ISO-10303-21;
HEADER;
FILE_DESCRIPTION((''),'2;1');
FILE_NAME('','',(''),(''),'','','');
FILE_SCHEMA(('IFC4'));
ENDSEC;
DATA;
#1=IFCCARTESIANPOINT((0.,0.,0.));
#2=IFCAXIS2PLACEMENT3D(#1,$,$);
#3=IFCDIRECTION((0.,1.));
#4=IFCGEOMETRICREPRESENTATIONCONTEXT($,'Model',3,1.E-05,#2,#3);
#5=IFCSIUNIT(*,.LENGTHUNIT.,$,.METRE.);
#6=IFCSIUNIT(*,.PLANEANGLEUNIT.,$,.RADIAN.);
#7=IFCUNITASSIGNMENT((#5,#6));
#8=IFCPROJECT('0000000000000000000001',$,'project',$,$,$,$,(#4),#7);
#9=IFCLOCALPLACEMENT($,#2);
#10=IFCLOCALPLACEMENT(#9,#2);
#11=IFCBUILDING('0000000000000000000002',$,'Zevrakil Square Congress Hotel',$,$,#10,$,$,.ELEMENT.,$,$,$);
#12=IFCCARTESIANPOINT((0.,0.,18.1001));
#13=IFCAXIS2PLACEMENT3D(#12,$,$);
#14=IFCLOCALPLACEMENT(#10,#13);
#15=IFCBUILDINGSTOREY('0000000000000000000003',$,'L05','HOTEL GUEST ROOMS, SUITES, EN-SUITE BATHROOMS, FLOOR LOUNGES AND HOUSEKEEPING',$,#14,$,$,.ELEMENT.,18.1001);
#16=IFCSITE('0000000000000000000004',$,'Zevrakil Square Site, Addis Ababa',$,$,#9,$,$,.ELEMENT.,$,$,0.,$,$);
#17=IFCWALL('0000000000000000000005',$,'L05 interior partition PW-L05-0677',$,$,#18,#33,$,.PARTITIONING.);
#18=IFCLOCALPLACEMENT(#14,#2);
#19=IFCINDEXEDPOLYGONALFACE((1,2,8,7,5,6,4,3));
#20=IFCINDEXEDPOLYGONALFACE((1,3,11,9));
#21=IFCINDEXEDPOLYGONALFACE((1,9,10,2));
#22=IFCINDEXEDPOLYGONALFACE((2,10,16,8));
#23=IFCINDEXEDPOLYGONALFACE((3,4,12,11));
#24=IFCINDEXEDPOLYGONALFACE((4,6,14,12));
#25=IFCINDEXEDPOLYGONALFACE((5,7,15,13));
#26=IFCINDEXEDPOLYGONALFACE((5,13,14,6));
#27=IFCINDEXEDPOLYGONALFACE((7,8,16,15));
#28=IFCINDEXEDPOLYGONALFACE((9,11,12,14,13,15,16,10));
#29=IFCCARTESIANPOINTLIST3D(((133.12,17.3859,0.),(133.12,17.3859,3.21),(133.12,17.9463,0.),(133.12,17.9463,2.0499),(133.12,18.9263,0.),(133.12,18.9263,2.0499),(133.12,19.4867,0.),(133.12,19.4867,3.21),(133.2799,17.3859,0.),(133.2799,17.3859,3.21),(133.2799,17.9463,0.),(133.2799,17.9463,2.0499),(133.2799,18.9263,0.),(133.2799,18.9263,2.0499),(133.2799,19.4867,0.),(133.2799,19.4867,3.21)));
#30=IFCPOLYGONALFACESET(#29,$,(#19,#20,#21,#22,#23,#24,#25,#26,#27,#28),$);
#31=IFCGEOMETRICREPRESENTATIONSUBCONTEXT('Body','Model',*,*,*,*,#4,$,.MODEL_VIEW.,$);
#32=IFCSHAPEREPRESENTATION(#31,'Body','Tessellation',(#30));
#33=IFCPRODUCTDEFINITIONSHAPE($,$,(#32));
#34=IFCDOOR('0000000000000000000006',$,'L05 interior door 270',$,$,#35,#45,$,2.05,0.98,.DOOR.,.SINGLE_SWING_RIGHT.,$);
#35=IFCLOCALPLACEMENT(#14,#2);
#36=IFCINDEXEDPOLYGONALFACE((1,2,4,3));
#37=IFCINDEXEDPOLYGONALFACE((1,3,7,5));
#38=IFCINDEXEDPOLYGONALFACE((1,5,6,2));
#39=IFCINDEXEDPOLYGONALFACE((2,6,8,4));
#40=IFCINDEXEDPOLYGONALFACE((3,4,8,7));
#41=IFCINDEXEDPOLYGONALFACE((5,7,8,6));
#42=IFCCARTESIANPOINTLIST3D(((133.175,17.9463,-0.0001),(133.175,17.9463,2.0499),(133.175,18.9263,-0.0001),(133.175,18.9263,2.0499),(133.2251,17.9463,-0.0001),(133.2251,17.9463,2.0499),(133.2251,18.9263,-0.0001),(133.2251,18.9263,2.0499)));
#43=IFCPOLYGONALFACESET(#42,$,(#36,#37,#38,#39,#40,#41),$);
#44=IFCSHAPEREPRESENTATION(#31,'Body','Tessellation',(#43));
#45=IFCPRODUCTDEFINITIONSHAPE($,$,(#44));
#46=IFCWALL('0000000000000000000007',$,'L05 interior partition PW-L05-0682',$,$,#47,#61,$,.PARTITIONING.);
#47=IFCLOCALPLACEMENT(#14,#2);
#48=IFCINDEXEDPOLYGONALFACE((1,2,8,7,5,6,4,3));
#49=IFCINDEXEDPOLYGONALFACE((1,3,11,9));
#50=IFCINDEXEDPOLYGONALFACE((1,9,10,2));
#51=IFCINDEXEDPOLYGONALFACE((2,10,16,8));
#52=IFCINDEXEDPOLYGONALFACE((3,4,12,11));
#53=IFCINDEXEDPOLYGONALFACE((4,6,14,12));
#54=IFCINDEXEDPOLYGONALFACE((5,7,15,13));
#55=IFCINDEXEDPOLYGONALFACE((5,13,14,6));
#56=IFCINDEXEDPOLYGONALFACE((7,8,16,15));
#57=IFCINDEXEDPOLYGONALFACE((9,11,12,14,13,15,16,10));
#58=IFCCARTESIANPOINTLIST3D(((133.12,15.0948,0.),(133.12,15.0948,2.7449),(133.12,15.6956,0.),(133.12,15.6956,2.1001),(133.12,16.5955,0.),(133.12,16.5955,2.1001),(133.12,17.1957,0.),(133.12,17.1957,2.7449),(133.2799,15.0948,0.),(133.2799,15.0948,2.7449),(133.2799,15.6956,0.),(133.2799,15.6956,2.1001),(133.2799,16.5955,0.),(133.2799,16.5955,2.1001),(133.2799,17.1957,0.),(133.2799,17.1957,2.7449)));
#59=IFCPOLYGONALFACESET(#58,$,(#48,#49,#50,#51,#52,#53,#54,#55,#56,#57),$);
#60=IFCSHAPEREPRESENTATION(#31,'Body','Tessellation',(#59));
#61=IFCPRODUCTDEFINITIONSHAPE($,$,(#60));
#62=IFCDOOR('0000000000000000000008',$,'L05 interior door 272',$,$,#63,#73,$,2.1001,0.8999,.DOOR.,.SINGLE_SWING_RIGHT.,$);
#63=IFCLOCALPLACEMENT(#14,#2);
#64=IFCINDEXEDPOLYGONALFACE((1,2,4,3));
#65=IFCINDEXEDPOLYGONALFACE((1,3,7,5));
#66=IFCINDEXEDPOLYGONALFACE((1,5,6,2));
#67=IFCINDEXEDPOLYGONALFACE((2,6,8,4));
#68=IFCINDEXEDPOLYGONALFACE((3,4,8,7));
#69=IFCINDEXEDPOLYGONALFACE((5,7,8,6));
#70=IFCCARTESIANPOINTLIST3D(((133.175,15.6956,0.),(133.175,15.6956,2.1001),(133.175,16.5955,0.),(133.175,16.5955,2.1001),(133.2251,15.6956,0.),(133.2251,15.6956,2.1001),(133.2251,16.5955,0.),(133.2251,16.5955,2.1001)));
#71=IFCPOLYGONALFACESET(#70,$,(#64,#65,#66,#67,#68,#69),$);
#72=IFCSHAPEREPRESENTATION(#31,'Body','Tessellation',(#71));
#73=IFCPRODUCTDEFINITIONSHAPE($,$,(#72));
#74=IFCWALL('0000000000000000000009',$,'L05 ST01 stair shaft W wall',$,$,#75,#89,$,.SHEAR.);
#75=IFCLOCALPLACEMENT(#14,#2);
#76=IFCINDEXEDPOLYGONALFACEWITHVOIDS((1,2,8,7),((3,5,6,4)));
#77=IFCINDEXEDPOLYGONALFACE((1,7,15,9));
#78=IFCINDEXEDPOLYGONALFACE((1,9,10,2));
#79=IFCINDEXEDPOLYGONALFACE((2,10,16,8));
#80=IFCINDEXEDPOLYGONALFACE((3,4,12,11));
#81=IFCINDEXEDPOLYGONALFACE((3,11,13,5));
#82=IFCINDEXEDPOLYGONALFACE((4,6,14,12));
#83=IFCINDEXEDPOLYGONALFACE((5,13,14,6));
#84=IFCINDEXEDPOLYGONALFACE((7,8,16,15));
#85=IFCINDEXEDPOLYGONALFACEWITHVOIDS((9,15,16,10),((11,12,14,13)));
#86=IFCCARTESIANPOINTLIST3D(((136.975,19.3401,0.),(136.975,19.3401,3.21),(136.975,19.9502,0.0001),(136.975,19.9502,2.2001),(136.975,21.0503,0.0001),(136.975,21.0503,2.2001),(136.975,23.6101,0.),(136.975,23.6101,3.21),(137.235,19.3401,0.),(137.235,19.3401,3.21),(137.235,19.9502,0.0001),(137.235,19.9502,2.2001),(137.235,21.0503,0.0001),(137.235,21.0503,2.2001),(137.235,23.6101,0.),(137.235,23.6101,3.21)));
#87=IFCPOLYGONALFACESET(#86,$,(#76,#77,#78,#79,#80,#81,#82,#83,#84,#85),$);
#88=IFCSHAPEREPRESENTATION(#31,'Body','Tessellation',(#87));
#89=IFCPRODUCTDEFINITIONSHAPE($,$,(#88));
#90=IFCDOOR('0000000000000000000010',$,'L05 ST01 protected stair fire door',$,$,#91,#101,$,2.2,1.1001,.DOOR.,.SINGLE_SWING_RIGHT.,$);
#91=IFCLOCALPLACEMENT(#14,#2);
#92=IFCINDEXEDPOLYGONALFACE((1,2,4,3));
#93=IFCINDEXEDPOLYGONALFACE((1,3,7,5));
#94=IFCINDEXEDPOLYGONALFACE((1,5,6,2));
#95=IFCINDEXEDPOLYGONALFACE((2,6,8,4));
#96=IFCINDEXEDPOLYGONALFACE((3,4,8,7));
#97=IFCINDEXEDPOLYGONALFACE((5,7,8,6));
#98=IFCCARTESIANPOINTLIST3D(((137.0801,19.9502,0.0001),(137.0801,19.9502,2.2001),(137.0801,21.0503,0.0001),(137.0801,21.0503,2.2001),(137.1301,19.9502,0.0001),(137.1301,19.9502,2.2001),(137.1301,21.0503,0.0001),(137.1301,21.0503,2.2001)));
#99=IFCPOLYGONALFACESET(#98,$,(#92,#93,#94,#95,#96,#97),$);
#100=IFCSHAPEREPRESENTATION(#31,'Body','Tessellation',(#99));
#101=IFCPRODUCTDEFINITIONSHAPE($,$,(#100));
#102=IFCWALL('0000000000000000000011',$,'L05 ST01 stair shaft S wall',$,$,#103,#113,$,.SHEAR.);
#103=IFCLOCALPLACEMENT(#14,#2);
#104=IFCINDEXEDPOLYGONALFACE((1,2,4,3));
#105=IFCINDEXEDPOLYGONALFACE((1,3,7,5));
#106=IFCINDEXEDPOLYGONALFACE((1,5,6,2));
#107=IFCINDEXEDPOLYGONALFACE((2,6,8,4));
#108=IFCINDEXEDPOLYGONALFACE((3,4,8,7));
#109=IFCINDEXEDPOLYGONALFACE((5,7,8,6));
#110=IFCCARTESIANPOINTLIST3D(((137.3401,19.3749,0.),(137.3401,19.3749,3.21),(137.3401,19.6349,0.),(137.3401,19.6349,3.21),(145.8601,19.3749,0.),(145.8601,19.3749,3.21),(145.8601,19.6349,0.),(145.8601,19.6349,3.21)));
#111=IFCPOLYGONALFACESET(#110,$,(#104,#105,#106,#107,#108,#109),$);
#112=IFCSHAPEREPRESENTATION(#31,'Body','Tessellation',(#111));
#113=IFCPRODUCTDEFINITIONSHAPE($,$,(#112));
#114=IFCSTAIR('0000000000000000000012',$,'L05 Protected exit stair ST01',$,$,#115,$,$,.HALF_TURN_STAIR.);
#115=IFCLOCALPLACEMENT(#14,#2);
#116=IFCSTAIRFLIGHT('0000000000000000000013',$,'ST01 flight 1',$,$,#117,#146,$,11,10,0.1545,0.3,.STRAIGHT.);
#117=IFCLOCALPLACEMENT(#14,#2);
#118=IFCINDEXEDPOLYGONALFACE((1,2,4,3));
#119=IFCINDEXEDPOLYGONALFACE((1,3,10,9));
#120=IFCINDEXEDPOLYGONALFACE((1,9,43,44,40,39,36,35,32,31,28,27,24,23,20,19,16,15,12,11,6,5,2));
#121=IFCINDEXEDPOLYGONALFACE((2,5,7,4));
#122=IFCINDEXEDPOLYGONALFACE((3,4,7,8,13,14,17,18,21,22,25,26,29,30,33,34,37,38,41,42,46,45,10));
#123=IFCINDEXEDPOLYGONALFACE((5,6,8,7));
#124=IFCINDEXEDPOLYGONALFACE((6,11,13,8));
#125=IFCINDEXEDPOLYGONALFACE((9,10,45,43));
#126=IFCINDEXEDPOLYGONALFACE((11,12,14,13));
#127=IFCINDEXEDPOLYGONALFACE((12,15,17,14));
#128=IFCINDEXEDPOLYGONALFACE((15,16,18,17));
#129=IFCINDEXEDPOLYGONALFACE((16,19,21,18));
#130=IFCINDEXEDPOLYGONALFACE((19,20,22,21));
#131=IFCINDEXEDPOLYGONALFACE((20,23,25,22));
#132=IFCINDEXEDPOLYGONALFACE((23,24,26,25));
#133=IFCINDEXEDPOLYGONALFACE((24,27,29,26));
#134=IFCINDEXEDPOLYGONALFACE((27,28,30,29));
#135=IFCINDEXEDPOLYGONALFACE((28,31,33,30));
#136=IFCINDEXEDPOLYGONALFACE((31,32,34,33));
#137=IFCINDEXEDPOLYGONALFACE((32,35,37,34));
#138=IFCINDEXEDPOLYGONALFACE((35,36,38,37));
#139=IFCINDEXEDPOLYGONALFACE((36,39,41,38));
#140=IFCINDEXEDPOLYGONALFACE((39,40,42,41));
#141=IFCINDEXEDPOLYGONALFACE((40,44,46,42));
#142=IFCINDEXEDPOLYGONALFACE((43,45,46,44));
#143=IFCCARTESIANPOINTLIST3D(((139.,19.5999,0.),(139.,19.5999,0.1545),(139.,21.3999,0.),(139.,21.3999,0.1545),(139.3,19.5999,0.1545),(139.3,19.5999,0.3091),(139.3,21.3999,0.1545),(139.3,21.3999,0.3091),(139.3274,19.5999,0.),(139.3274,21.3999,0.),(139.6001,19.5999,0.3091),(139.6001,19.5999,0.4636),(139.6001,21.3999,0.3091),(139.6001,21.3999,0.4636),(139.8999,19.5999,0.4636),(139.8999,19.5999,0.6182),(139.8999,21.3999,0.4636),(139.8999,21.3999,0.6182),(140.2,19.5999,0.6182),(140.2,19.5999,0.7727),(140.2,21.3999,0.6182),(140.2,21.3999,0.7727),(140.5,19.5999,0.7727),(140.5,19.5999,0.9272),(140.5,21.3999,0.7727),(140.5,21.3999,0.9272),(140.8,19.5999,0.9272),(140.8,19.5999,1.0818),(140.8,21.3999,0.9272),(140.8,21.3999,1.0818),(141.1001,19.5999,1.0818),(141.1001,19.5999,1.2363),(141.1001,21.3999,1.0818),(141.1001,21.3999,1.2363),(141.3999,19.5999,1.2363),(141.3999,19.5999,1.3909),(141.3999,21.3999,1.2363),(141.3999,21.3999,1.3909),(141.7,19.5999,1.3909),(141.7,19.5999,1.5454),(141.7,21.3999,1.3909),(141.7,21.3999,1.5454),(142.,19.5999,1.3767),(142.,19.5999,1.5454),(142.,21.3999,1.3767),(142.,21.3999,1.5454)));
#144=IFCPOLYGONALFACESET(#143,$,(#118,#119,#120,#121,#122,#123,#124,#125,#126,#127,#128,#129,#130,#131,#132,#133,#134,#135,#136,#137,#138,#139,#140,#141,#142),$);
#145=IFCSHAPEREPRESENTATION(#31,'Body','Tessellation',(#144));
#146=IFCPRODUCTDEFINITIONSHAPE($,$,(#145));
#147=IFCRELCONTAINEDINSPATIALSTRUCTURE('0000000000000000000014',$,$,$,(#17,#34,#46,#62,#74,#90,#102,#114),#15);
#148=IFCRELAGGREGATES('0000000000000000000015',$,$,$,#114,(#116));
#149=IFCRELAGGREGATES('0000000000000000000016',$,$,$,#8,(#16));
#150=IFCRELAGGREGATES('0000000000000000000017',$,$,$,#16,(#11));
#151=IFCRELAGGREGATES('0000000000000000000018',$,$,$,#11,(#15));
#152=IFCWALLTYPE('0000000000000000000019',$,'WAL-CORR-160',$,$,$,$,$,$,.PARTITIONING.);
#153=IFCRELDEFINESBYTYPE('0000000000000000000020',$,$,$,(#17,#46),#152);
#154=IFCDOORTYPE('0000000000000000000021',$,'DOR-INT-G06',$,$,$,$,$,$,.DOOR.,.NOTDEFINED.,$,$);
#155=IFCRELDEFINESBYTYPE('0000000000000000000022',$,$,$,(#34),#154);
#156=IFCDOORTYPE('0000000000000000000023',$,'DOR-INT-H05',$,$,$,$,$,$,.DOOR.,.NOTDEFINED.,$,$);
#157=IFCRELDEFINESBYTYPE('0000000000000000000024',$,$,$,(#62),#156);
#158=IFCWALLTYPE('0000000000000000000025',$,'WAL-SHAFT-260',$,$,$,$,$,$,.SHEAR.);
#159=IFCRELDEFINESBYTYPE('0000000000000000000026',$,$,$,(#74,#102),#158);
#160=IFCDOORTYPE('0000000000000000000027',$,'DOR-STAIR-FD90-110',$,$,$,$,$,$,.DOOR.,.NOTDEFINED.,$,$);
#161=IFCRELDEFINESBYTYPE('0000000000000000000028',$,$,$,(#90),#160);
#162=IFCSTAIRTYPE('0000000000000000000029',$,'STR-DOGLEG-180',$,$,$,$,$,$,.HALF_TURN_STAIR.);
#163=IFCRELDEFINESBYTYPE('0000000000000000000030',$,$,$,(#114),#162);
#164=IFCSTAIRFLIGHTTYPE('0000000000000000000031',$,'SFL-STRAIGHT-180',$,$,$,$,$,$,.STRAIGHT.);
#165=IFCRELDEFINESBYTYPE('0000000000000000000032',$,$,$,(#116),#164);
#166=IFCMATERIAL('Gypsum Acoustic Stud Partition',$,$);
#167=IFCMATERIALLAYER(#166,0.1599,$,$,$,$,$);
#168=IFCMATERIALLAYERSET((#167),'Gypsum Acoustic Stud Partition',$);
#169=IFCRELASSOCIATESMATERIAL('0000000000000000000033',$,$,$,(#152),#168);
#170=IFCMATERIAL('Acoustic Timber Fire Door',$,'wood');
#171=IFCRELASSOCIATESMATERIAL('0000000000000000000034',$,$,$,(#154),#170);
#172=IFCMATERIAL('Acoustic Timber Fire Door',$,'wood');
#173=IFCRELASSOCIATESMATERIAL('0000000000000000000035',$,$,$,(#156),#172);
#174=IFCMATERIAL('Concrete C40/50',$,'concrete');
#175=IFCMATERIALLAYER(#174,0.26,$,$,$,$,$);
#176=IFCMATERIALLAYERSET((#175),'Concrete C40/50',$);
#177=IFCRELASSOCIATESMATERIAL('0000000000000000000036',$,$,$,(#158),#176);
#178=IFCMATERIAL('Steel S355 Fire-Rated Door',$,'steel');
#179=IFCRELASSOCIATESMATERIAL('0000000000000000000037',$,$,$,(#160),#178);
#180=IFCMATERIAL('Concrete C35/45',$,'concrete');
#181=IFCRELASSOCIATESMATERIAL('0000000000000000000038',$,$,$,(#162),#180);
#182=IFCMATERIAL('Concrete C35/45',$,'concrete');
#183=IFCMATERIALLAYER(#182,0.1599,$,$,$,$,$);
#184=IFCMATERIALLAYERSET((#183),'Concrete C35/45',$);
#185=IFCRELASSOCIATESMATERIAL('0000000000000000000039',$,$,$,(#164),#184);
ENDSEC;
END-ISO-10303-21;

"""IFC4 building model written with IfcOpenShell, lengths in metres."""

from ifc_helpers import new_model, si_unit, direction, frame, frame_2d, origin, place, context, subcontext, project, spatial, polyline, rectangle, outline, extrude, material, layer, layer_set, type_object, element, fill, aggregate, save


model = new_model("IFC4")

# Units and contexts
model_context = context("Model", 3, precision=1e-05, world=origin(), true_north=direction((0.0, 1.0)))
body_context = subcontext(model_context, "Body", "Model", "MODEL_VIEW")
ifc_project = project(units=[si_unit("LENGTHUNIT", "METRE"), si_unit("PLANEANGLEUNIT", "RADIAN")], contexts=[model_context])

# Site, building, storey
site_placement = place(None, origin())
site = spatial("IfcSite", under=ifc_project, at=site_placement, Name="Zevrakil Square Site, Addis Ababa", CompositionType="ELEMENT", RefElevation=0.0)
building_placement = place(site_placement, origin())
building = spatial("IfcBuilding", under=site, at=building_placement, Name="Zevrakil Square Congress Hotel", CompositionType="ELEMENT")
storey_placement = place(building_placement, frame((0.0, 0.0, 18.1001)))
storey = spatial("IfcBuildingStorey", under=building, at=storey_placement, Name="L05", Description="HOTEL GUEST ROOMS, SUITES, EN-SUITE BATHROOMS, FLOOR LOUNGES AND HOUSEKEEPING", CompositionType="ELEMENT", Elevation=18.1001)

# Shared definitions
ifc_material_1 = material(Name="Gypsum Acoustic Stud Partition")
ifc_layer_1 = layer(ifc_material_1, 0.1599)
ifc_layer_set_1 = layer_set([ifc_layer_1], Name="Gypsum Acoustic Stud Partition")
wall_type_1 = type_object("IfcWallType", Name="WAL-CORR-160", PredefinedType="PARTITIONING", material=ifc_layer_set_1)

# Walls, openings, doors
wall_1_placement = place(storey_placement, frame((133.2, 17.386, 0.0), z_axis=(0.0, 0.0, 1.0), x_axis=(0.0, 1.0, 0.0)))
wall_1 = element("IfcWall", 1, at=wall_1_placement, inside=storey, type_object=wall_type_1, Name="L05 interior partition PW-L05-0677", PredefinedType="PARTITIONING", context=body_context, shape_type="SweptSolid", body=[
    extrude(rectangle(XDim=2.1008, YDim=0.1599, at=frame_2d((1.0503, 0.0))), origin(), (0.0, 0.0, 1.0), 3.21),
])
opening_1_placement = place(wall_1_placement, frame((0.5603, 0.0, 0.0)))
opening_1 = element("IfcOpeningElement", 2, at=opening_1_placement, cuts=wall_1, PredefinedType="OPENING", context=body_context, shape_type="SweptSolid", body=[
    extrude(rectangle(XDim=0.98, YDim=2.05, at=frame_2d((0.49, 1.0249))), frame((0.0, 0.0898, 0.0), z_axis=(0.0, -1.0, 0.0), x_axis=(1.0, 0.0, 0.0)), (0.0, 0.0, 1.0), 0.1799),
])
ifc_material_2 = material(Name="Acoustic Timber Fire Door", Category="wood")
door_type_1 = type_object("IfcDoorType", Name="DOR-INT-G06", OperationType="NOTDEFINED", PredefinedType="DOOR", material=ifc_material_2)
door_1_placement = place(opening_1_placement, origin())
door_1 = element("IfcDoor", 3, at=door_1_placement, inside=storey, type_object=door_type_1, Name="L05 interior door 270", OperationType="SINGLE_SWING_RIGHT", OverallHeight=2.05, OverallWidth=0.98, PredefinedType="DOOR", context=body_context, shape_type="SweptSolid", body=[
    extrude(rectangle(XDim=0.98, YDim=2.05, at=frame_2d((0.49, 1.0249))), frame((0.0, 0.0249, 0.0), z_axis=(0.0, -1.0, 0.0), x_axis=(1.0, 0.0, 0.0)), (0.0, 0.0, 1.0), 0.05),
])
fill(opening_1, door_1)
wall_2_placement = place(storey_placement, frame((133.2, 15.095, 0.0), z_axis=(0.0, 0.0, 1.0), x_axis=(0.0, 1.0, 0.0)))
wall_2 = element("IfcWall", 4, at=wall_2_placement, inside=storey, type_object=wall_type_1, Name="L05 interior partition PW-L05-0682", PredefinedType="PARTITIONING", context=body_context, shape_type="SweptSolid", body=[
    extrude(rectangle(XDim=2.1008, YDim=0.1599, at=frame_2d((1.0503, 0.0))), origin(), (0.0, 0.0, 1.0), 2.7449),
])
opening_2_placement = place(wall_2_placement, frame((0.6006, 0.0, 0.0)))
opening_2 = element("IfcOpeningElement", 5, at=opening_2_placement, cuts=wall_2, PredefinedType="OPENING", context=body_context, shape_type="SweptSolid", body=[
    extrude(rectangle(XDim=0.8999, YDim=2.1001, at=frame_2d((0.45, 1.05))), frame((0.0, 0.0898, 0.0), z_axis=(0.0, -1.0, 0.0), x_axis=(1.0, 0.0, 0.0)), (0.0, 0.0, 1.0), 0.1799),
])
ifc_material_3 = material(Name="Acoustic Timber Fire Door", Category="wood")
door_type_2 = type_object("IfcDoorType", Name="DOR-INT-H05", OperationType="NOTDEFINED", PredefinedType="DOOR", material=ifc_material_3)
door_2_placement = place(opening_2_placement, origin())
door_2 = element("IfcDoor", 6, at=door_2_placement, inside=storey, type_object=door_type_2, Name="L05 interior door 272", OperationType="SINGLE_SWING_RIGHT", OverallHeight=2.1001, OverallWidth=0.8999, PredefinedType="DOOR", context=body_context, shape_type="SweptSolid", body=[
    extrude(rectangle(XDim=0.8999, YDim=2.1001, at=frame_2d((0.45, 1.05))), frame((0.0, 0.0249, 0.0), z_axis=(0.0, -1.0, 0.0), x_axis=(1.0, 0.0, 0.0)), (0.0, 0.0, 1.0), 0.05),
])
fill(opening_2, door_2)
ifc_material_4 = material(Name="Concrete C40/50", Category="concrete")
ifc_layer_2 = layer(ifc_material_4, 0.26)
ifc_layer_set_2 = layer_set([ifc_layer_2], Name="Concrete C40/50")
wall_type_2 = type_object("IfcWallType", Name="WAL-SHAFT-260", PredefinedType="SHEAR", material=ifc_layer_set_2)
wall_3_placement = place(storey_placement, frame((137.105, 19.3401, 0.0), z_axis=(0.0, 0.0, 1.0), x_axis=(0.0, 1.0, 0.0)))
wall_3 = element("IfcWall", 7, at=wall_3_placement, inside=storey, type_object=wall_type_2, Name="L05 ST01 stair shaft W wall", PredefinedType="SHEAR", context=body_context, shape_type="SweptSolid", body=[
    extrude(rectangle(XDim=4.27, YDim=0.26, at=frame_2d((2.135, 0.0))), origin(), (0.0, 0.0, 1.0), 3.21),
])
opening_3_placement = place(wall_3_placement, frame((0.6101, 0.0, 0.0)))
opening_3 = element("IfcOpeningElement", 8, at=opening_3_placement, cuts=wall_3, PredefinedType="OPENING", context=body_context, shape_type="SweptSolid", body=[
    extrude(rectangle(XDim=1.1001, YDim=2.2, at=frame_2d((0.55, 1.1001))), frame((0.0, 0.1401, 0.0), z_axis=(0.0, -1.0, 0.0), x_axis=(1.0, 0.0, 0.0)), (0.0, 0.0, 1.0), 0.28),
])
ifc_material_5 = material(Name="Steel S355 Fire-Rated Door", Category="steel")
door_type_3 = type_object("IfcDoorType", Name="DOR-STAIR-FD90-110", OperationType="NOTDEFINED", PredefinedType="DOOR", material=ifc_material_5)
door_3_placement = place(opening_3_placement, origin())
door_3 = element("IfcDoor", 9, at=door_3_placement, inside=storey, type_object=door_type_3, Name="L05 ST01 protected stair fire door", OperationType="SINGLE_SWING_RIGHT", OverallHeight=2.2, OverallWidth=1.1001, PredefinedType="DOOR", context=body_context, shape_type="SweptSolid", body=[
    extrude(rectangle(XDim=1.1001, YDim=2.2, at=frame_2d((0.55, 1.1001))), frame((0.0, 0.0249, 0.0), z_axis=(0.0, -1.0, 0.0), x_axis=(1.0, 0.0, 0.0)), (0.0, 0.0, 1.0), 0.05),
])
fill(opening_3, door_3)

# Wall
wall_4_placement = place(storey_placement, frame((137.3401, 19.5049, 0.0), z_axis=(0.0, 0.0, 1.0), x_axis=(1.0, 0.0, 0.0)))
element("IfcWall", 10, at=wall_4_placement, inside=storey, type_object=wall_type_2, Name="L05 ST01 stair shaft S wall", PredefinedType="SHEAR", context=body_context, shape_type="SweptSolid", body=[
    extrude(rectangle(XDim=8.52, YDim=0.26, at=frame_2d((4.26, 0.0))), origin(), (0.0, 0.0, 1.0), 3.21),
])

# Stair, stair flight
ifc_material_6 = material(Name="Concrete C35/45", Category="concrete")
stair_type = type_object("IfcStairType", Name="STR-DOGLEG-180", PredefinedType="HALF_TURN_STAIR", material=ifc_material_6)
stair_placement = place(storey_placement, origin())
stair = element("IfcStair", 11, at=stair_placement, inside=storey, type_object=stair_type, Name="L05 Protected exit stair ST01", PredefinedType="HALF_TURN_STAIR")
ifc_material_7 = material(Name="Concrete C35/45", Category="concrete")
ifc_layer_3 = layer(ifc_material_7, 0.1599)
ifc_layer_set_3 = layer_set([ifc_layer_3], Name="Concrete C35/45")
stair_flight_type = type_object("IfcStairFlightType", Name="SFL-STRAIGHT-180", PredefinedType="STRAIGHT", material=ifc_layer_set_3)
stair_flight_placement = place(storey_placement, frame((139.0, 20.5, 0.0), z_axis=(0.0, 0.0, 1.0), x_axis=(1.0, 0.0, 0.0)))
stair_flight = element("IfcStairFlight", 12, at=stair_flight_placement, type_object=stair_flight_type, Name="ST01 flight 1", NumberOfRisers=11, NumberOfTreads=10, PredefinedType="STRAIGHT", RiserHeight=0.1545, TreadLength=0.3, context=body_context, shape_type="SweptSolid", body=[
    extrude(outline(polyline([(0.0, 0.0), (0.0, 0.1545), (0.3, 0.1545), (0.3, 0.3091), (0.6001, 0.3091), (0.6001, 0.4636), (0.8999, 0.4636), (0.8999, 0.6182), (1.2, 0.6182), (1.2, 0.7727), (1.5, 0.7727), (1.5, 0.9272), (1.8, 0.9272), (1.8, 1.0818), (2.1001, 1.0818), (2.1001, 1.2363), (2.3999, 1.2363), (2.3999, 1.3909), (2.7, 1.3909), (2.7, 1.5454), (3.0, 1.5454), (3.0, 1.7), (3.0, 1.3767), (0.3274, 0.0), (0.0, 0.0)])), frame((0.0, 0.8999, 0.0), z_axis=(0.0, -1.0, 0.0), x_axis=(1.0, 0.0, 0.0)), (0.0, 0.0, 1.0), 1.8),
])
aggregate(stair, [stair_flight])

save(model, "model.ifc")
